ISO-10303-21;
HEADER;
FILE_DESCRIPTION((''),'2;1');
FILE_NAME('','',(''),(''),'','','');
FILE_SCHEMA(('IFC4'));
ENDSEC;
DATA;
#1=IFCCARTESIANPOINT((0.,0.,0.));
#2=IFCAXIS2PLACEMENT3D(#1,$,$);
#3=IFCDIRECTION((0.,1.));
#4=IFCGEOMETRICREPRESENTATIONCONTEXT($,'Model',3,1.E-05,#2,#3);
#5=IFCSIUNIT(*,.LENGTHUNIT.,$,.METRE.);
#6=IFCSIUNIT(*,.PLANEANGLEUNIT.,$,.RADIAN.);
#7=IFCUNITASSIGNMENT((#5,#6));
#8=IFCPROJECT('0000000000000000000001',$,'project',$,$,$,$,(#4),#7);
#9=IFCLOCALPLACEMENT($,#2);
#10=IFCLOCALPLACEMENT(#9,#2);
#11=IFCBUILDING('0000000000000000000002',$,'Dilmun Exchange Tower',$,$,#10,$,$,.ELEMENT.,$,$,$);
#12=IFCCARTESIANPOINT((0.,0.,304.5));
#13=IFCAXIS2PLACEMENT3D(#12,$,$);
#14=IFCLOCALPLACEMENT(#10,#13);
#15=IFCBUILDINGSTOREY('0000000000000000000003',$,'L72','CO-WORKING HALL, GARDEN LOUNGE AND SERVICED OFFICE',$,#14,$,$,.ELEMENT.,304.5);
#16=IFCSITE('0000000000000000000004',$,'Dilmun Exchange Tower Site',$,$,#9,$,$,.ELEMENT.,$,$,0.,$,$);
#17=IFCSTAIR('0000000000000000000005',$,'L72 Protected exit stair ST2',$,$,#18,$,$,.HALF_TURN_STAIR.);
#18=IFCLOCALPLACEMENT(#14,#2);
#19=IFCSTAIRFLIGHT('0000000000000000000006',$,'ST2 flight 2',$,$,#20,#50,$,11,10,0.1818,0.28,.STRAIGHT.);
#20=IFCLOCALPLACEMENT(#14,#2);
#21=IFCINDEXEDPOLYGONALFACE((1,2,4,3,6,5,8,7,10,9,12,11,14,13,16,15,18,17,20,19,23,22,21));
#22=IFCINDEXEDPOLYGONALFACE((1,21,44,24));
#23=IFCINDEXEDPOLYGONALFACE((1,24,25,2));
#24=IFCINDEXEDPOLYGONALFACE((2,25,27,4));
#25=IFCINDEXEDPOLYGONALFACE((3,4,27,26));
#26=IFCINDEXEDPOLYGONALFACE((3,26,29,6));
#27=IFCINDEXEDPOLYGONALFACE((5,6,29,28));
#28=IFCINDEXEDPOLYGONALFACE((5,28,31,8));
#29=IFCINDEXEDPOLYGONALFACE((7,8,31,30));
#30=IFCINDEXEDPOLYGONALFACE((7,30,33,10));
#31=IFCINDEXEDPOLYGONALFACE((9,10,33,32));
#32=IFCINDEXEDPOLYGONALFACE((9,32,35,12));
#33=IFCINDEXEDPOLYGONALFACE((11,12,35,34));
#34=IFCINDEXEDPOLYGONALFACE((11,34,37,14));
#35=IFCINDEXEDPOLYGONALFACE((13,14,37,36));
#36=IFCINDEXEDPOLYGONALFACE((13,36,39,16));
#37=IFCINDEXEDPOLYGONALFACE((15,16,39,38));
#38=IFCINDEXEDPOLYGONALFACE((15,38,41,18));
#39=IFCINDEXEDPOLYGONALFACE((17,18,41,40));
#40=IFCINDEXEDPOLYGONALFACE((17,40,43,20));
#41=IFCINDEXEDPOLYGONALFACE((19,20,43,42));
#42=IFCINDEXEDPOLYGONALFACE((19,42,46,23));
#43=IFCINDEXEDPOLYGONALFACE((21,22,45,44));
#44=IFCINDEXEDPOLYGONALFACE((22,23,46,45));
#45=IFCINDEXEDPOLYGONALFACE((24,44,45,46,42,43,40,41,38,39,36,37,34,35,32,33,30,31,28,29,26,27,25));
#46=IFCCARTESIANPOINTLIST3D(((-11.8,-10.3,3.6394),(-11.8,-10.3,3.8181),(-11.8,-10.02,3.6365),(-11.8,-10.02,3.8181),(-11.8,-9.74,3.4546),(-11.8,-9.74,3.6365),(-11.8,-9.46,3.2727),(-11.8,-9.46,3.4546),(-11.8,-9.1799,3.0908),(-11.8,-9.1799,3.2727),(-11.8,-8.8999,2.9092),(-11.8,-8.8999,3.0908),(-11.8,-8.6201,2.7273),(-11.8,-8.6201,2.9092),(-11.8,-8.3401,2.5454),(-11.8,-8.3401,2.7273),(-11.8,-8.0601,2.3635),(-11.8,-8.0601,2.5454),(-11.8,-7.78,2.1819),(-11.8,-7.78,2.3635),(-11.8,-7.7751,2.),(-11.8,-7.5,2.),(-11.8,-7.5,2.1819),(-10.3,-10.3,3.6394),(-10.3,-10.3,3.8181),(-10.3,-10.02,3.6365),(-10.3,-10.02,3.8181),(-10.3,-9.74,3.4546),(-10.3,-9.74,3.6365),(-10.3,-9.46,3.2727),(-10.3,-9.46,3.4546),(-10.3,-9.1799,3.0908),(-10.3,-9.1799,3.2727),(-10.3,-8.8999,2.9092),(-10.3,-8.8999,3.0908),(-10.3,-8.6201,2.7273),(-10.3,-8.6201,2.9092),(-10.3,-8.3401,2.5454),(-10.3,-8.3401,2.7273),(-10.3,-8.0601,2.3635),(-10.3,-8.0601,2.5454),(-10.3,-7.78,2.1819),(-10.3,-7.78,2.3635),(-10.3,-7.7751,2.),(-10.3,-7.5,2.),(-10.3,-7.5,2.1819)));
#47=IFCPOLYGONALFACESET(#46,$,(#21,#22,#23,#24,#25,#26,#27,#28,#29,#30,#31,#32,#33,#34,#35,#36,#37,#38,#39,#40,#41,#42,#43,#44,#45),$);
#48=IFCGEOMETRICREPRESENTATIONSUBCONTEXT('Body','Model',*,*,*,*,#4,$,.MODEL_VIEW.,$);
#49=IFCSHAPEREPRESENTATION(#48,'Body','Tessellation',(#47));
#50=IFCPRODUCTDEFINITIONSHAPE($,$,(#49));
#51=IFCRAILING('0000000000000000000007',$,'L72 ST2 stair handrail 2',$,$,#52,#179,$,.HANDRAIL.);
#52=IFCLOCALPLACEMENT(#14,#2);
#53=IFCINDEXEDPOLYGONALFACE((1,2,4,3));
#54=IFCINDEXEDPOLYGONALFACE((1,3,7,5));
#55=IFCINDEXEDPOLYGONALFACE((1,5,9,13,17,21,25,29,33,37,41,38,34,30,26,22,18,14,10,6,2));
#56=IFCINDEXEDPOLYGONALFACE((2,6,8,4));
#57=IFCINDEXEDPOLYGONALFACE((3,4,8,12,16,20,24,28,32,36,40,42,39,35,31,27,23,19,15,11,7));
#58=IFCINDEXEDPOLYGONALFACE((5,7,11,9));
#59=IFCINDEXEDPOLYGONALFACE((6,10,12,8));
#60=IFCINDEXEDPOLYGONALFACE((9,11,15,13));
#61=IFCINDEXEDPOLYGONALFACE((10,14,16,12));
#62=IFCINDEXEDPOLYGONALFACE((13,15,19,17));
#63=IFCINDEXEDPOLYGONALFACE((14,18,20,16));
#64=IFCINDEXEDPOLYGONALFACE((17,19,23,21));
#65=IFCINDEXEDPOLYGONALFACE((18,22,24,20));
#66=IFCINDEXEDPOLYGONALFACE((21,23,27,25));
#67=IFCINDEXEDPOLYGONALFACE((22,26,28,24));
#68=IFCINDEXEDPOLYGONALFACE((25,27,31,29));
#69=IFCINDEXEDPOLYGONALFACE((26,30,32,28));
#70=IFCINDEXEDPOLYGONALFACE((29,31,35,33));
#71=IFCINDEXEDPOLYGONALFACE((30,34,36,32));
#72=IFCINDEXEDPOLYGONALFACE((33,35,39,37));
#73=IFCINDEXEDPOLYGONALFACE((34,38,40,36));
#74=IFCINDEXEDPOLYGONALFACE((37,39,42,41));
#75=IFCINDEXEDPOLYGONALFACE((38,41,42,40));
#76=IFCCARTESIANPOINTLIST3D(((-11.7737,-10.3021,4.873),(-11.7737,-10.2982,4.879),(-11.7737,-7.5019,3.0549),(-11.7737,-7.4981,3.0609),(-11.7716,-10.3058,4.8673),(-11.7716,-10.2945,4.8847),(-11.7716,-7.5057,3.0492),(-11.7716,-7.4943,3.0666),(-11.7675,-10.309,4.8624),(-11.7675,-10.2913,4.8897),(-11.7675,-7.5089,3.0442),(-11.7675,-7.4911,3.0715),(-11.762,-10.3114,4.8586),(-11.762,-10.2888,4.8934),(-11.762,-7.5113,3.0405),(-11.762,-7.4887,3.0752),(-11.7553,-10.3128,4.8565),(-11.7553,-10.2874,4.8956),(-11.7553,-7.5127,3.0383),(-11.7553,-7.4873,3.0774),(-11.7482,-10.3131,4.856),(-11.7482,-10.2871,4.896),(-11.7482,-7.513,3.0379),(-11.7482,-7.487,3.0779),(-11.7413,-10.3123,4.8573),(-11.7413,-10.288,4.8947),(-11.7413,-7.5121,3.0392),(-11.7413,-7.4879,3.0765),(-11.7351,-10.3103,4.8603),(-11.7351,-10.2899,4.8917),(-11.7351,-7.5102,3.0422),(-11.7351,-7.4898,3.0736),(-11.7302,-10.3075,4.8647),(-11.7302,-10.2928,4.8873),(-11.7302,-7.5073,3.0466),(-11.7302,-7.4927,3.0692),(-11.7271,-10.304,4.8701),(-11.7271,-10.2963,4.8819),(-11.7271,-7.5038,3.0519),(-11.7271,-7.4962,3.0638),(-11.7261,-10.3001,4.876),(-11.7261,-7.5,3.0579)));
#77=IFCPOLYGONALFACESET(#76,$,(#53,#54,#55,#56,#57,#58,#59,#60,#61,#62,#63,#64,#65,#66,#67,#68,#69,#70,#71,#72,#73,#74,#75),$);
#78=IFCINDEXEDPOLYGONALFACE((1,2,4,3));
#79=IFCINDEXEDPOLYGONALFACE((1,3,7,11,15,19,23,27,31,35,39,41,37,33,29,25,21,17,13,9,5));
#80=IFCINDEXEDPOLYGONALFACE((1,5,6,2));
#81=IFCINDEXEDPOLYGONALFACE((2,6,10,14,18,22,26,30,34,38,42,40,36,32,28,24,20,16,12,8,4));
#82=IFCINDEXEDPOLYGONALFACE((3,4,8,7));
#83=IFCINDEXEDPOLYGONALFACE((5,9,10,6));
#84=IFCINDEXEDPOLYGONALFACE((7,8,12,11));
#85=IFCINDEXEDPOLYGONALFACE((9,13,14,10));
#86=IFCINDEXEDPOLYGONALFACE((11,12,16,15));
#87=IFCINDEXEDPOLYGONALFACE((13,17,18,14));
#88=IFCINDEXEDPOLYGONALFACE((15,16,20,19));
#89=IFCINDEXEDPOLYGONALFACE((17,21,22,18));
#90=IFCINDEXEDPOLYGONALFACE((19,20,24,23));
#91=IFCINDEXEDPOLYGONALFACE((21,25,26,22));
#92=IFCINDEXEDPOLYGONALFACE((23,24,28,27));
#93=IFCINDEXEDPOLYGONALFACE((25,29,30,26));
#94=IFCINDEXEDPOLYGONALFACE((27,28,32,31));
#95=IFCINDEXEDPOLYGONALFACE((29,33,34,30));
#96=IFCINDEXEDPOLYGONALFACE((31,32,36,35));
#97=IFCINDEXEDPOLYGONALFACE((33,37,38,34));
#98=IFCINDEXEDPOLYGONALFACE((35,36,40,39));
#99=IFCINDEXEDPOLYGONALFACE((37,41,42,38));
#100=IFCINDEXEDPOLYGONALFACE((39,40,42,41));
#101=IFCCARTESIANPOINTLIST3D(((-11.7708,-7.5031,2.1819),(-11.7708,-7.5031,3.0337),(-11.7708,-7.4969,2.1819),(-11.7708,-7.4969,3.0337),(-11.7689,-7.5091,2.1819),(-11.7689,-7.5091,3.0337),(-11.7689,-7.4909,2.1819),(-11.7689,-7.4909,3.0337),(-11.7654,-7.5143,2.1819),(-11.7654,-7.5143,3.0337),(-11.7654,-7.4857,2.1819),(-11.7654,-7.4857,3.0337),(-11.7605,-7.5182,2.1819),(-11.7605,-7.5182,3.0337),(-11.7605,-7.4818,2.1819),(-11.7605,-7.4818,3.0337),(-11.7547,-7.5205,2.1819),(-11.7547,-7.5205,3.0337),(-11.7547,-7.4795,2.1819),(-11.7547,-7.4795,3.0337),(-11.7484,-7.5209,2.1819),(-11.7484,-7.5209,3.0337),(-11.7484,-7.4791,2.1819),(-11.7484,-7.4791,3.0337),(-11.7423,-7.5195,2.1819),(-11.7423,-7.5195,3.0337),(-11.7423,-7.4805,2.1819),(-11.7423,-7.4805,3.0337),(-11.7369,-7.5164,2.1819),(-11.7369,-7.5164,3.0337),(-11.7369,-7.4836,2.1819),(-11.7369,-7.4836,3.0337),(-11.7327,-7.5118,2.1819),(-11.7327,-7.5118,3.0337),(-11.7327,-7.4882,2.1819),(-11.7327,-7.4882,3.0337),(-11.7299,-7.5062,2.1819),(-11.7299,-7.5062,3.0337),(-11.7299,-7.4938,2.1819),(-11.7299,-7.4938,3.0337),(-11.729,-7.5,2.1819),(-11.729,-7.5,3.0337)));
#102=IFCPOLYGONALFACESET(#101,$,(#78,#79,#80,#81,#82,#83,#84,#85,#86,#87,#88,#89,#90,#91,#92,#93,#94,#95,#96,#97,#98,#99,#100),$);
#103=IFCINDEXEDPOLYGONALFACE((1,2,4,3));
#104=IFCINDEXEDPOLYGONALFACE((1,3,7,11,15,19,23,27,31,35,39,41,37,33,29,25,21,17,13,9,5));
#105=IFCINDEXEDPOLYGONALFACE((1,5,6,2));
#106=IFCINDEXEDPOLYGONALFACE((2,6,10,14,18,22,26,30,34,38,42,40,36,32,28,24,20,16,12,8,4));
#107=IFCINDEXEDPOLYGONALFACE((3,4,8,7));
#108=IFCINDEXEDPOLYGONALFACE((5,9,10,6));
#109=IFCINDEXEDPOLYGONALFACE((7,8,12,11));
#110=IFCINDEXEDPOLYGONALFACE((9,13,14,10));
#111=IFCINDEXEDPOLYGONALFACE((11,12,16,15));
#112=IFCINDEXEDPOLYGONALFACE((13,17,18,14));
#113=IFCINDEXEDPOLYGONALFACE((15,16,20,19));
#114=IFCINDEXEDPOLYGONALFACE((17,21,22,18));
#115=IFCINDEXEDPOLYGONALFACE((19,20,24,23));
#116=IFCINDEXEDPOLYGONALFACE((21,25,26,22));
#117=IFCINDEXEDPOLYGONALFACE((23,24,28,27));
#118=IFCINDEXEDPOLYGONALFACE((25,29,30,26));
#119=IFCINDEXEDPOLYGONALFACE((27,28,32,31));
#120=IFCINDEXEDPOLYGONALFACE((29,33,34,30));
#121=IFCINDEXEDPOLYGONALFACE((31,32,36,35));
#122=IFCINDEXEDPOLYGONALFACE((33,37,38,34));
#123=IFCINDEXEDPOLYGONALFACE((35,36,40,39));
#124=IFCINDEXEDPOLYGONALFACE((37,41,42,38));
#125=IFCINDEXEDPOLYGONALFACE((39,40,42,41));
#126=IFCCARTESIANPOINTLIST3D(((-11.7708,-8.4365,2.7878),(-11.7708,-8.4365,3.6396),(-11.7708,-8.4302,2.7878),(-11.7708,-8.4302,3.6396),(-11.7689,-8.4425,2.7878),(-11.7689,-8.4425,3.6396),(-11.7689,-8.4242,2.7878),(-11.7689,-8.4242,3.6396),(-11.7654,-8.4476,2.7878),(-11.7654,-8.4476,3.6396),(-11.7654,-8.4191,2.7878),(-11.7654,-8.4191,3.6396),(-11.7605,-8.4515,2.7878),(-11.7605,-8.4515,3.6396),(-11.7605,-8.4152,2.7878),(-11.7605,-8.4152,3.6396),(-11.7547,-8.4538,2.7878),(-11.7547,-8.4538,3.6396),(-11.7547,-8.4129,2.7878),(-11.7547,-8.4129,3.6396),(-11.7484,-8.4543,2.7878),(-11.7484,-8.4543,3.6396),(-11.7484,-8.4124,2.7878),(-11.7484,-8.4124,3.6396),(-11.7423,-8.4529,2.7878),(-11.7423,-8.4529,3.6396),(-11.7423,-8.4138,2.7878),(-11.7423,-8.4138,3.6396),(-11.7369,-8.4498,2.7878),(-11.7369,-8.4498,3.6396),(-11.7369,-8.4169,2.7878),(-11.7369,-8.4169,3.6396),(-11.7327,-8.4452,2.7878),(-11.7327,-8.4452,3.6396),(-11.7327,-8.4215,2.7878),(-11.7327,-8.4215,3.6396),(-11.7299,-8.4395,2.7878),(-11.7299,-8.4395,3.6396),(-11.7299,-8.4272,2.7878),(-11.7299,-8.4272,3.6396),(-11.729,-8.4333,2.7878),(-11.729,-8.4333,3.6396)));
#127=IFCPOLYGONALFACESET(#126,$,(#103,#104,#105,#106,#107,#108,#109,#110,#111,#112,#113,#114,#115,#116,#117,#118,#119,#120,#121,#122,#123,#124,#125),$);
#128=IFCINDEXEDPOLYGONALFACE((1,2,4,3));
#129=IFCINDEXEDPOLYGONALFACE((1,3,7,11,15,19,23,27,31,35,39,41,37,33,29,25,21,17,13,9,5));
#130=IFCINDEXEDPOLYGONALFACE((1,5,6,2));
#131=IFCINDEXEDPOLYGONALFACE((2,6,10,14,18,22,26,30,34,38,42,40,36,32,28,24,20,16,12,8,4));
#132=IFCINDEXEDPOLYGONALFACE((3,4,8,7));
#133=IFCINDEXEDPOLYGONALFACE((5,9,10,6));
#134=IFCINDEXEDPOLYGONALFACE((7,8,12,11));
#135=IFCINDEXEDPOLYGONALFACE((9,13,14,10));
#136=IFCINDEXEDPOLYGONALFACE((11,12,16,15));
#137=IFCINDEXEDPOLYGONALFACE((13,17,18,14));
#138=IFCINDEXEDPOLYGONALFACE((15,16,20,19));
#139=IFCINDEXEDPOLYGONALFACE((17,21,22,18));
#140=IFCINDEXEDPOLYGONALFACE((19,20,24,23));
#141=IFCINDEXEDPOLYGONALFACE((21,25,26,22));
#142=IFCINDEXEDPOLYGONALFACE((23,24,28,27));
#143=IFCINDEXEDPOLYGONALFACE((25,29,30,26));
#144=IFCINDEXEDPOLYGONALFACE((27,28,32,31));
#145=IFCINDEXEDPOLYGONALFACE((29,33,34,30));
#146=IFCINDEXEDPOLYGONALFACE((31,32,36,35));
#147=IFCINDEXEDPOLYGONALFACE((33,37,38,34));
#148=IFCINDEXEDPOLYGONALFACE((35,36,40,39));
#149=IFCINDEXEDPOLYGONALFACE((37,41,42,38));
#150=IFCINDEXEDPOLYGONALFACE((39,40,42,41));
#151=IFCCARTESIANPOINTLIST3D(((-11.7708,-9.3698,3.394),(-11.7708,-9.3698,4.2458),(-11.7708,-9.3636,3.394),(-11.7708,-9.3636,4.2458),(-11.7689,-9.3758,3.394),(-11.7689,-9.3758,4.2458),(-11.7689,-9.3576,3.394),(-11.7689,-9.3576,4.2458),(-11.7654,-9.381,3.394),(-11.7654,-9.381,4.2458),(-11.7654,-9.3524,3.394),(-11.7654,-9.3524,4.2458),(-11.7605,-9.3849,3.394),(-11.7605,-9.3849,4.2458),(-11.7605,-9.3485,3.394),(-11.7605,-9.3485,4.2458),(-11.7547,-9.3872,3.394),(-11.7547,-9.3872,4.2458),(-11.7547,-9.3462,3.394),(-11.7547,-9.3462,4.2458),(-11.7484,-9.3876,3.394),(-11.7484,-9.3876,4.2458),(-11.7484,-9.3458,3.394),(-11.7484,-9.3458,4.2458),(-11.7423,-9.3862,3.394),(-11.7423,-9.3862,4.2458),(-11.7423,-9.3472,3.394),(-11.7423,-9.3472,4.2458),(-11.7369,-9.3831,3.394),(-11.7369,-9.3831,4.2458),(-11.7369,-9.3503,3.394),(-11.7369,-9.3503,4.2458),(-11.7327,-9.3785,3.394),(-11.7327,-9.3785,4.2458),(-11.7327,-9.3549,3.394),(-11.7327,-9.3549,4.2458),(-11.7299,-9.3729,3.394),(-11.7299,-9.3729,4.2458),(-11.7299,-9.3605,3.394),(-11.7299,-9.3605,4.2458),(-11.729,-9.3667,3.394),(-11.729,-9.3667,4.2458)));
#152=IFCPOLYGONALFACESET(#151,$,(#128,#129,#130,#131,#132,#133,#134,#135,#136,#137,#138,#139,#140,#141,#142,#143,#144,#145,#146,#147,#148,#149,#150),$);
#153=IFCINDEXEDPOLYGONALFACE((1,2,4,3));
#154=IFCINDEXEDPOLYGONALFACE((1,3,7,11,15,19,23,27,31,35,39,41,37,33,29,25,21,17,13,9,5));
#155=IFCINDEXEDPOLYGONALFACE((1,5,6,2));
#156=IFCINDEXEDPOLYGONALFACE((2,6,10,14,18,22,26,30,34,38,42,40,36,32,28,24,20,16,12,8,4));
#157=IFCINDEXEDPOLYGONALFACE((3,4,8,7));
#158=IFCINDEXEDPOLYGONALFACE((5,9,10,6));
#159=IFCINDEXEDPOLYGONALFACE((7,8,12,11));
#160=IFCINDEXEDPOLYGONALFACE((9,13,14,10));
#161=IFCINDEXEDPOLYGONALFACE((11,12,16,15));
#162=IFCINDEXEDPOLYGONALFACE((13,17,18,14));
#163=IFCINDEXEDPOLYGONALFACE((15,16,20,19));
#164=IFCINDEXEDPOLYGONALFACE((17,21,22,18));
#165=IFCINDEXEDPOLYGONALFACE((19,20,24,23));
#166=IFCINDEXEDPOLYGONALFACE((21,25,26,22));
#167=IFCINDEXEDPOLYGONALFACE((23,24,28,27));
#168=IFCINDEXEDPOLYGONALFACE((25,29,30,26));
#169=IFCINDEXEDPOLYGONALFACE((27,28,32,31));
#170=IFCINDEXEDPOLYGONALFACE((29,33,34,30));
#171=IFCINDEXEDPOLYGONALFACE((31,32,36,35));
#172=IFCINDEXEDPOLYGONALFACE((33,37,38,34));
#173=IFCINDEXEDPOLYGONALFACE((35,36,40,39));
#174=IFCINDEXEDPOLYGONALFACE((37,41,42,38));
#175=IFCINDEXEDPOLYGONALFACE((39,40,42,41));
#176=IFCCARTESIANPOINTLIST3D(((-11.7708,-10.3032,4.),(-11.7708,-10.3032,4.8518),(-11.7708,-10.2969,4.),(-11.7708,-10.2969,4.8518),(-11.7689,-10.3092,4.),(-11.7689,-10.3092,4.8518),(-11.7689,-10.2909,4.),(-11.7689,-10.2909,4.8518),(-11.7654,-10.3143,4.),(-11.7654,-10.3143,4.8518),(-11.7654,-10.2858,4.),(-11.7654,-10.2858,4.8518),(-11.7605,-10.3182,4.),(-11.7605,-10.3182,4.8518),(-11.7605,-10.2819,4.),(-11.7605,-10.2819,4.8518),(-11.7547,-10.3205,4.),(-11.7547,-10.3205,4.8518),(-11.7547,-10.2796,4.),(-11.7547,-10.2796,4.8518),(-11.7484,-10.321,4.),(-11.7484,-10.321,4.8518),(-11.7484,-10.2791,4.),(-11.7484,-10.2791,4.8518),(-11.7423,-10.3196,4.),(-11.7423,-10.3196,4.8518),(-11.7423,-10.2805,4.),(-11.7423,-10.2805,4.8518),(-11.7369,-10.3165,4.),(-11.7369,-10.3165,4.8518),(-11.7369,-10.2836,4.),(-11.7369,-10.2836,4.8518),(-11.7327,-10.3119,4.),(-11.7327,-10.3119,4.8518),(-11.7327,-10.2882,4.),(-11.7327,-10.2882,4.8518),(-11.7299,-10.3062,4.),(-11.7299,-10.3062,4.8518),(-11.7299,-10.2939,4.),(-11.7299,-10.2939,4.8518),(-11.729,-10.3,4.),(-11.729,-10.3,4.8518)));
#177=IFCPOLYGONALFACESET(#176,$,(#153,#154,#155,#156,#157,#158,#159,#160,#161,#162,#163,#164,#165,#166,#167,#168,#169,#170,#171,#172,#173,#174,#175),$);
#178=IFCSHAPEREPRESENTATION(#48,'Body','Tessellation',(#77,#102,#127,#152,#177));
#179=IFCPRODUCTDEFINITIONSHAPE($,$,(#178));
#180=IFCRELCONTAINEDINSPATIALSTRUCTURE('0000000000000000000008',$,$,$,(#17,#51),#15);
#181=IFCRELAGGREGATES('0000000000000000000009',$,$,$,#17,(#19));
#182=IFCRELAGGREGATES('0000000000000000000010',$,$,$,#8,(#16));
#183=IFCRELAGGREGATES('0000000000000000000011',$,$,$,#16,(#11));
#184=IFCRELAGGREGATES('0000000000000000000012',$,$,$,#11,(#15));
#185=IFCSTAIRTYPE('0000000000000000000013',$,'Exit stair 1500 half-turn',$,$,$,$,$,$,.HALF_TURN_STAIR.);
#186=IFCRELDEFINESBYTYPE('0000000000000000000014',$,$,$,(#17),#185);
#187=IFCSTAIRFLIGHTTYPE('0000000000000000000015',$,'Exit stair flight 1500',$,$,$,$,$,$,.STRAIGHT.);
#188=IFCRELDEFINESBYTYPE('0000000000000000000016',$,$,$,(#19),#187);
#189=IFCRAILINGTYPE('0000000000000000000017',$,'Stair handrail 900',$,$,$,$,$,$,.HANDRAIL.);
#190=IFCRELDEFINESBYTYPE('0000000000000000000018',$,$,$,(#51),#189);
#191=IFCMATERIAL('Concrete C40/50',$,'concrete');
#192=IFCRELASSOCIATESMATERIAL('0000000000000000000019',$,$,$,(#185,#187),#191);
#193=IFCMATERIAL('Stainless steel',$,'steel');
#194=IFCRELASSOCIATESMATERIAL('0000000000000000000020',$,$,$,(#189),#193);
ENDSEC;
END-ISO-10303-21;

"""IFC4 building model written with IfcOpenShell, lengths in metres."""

from ifc_helpers import new_model, si_unit, direction, frame, origin, origin_2d, place, context, subcontext, project, spatial, polyline, circle, outline, extrude, material, type_object, element, aggregate, save


model = new_model("IFC4")

# Units and contexts
model_context = context("Model", 3, precision=1e-05, world=origin(), true_north=direction((0.0, 1.0)))
body_context = subcontext(model_context, "Body", "Model", "MODEL_VIEW")
ifc_project = project(units=[si_unit("LENGTHUNIT", "METRE"), si_unit("PLANEANGLEUNIT", "RADIAN")], contexts=[model_context])

# Site, building, storey
site_placement = place(None, origin())
site = spatial("IfcSite", under=ifc_project, at=site_placement, Name="Dilmun Exchange Tower Site", CompositionType="ELEMENT", RefElevation=0.0)
building_placement = place(site_placement, origin())
building = spatial("IfcBuilding", under=site, at=building_placement, Name="Dilmun Exchange Tower", CompositionType="ELEMENT")
storey_placement = place(building_placement, frame((0.0, 0.0, 304.5)))
storey = spatial("IfcBuildingStorey", under=building, at=storey_placement, Name="L72", Description="CO-WORKING HALL, GARDEN LOUNGE AND SERVICED OFFICE", CompositionType="ELEMENT", Elevation=304.5)

# Stair
ifc_material_1 = material(Name="Concrete C40/50", Category="concrete")
stair_type = type_object("IfcStairType", Name="Exit stair 1500 half-turn", PredefinedType="HALF_TURN_STAIR", material=ifc_material_1)
stair_1_placement = place(storey_placement, origin())
stair_1 = element("IfcStair", 1, at=stair_1_placement, inside=storey, type_object=stair_type, Name="L72 Protected exit stair ST2", PredefinedType="HALF_TURN_STAIR")

# Stair flight
stair_flight_type = type_object("IfcStairFlightType", Name="Exit stair flight 1500", PredefinedType="STRAIGHT", material=ifc_material_1)
stair_flight_placement = place(storey_placement, frame((-11.05, -7.5, 2.0), z_axis=(0.0, 0.0, 1.0), x_axis=(0.0, -1.0, 0.0)))
stair_flight = element("IfcStairFlight", 2, at=stair_flight_placement, type_object=stair_flight_type, Name="ST2 flight 2", NumberOfRisers=11, NumberOfTreads=10, PredefinedType="STRAIGHT", RiserHeight=0.1818, TreadLength=0.28, context=body_context, shape_type="SweptSolid", body=[
    extrude(outline(polyline([(0.0, 0.0), (0.0, 0.1819), (0.28, 0.1819), (0.28, 0.3635), (0.5601, 0.3635), (0.5601, 0.5454), (0.8401, 0.5454), (0.8401, 0.7273), (1.1201, 0.7273), (1.1201, 0.9092), (1.3999, 0.9092), (1.3999, 1.0908), (1.6799, 1.0908), (1.6799, 1.2727), (1.96, 1.2727), (1.96, 1.4546), (2.24, 1.4546), (2.24, 1.6365), (2.52, 1.6365), (2.52, 1.8181), (2.8, 1.8181), (2.8, 2.0), (2.8, 1.6394), (0.2751, 0.0), (0.0, 0.0)])), frame((0.0, 0.75, 0.0), z_axis=(0.0, -1.0, 0.0), x_axis=(1.0, 0.0, 0.0)), (0.0, 0.0, 1.0), 1.5),
])
aggregate(stair_1, [stair_flight])

# Railing
ifc_material_2 = material(Name="Stainless steel", Category="steel")
railing_type = type_object("IfcRailingType", Name="Stair handrail 900", PredefinedType="HANDRAIL", material=ifc_material_2)
railing_placement = place(storey_placement, frame((-11.75, -7.5, 2.1819)))
element("IfcRailing", 3, at=railing_placement, inside=storey, type_object=railing_type, Name="L72 ST2 stair handrail 2", PredefinedType="HANDRAIL", context=body_context, shape_type="SweptSolid", body=[
    extrude(circle(Radius=0.0239, at=origin_2d()), frame((0.0, 0.0, 0.876), z_axis=(0.0, -0.838706, 0.544585), x_axis=(1.0, 0.0, 0.0)), (0.0, 0.0, 1.0), 3.3386),
    extrude(circle(Radius=0.021, at=origin_2d()), origin(), (0.0, 0.0, 1.0), 0.8518),
    extrude(circle(Radius=0.021, at=origin_2d()), frame((0.0, -0.9333, 0.606)), (0.0, 0.0, 1.0), 0.8518),
    extrude(circle(Radius=0.021, at=origin_2d()), frame((0.0, -1.8667, 1.2122)), (0.0, 0.0, 1.0), 0.8518),
    extrude(circle(Radius=0.021, at=origin_2d()), frame((0.0, -2.8, 1.8181)), (0.0, 0.0, 1.0), 0.8518),
])

save(model, "model.ifc")
